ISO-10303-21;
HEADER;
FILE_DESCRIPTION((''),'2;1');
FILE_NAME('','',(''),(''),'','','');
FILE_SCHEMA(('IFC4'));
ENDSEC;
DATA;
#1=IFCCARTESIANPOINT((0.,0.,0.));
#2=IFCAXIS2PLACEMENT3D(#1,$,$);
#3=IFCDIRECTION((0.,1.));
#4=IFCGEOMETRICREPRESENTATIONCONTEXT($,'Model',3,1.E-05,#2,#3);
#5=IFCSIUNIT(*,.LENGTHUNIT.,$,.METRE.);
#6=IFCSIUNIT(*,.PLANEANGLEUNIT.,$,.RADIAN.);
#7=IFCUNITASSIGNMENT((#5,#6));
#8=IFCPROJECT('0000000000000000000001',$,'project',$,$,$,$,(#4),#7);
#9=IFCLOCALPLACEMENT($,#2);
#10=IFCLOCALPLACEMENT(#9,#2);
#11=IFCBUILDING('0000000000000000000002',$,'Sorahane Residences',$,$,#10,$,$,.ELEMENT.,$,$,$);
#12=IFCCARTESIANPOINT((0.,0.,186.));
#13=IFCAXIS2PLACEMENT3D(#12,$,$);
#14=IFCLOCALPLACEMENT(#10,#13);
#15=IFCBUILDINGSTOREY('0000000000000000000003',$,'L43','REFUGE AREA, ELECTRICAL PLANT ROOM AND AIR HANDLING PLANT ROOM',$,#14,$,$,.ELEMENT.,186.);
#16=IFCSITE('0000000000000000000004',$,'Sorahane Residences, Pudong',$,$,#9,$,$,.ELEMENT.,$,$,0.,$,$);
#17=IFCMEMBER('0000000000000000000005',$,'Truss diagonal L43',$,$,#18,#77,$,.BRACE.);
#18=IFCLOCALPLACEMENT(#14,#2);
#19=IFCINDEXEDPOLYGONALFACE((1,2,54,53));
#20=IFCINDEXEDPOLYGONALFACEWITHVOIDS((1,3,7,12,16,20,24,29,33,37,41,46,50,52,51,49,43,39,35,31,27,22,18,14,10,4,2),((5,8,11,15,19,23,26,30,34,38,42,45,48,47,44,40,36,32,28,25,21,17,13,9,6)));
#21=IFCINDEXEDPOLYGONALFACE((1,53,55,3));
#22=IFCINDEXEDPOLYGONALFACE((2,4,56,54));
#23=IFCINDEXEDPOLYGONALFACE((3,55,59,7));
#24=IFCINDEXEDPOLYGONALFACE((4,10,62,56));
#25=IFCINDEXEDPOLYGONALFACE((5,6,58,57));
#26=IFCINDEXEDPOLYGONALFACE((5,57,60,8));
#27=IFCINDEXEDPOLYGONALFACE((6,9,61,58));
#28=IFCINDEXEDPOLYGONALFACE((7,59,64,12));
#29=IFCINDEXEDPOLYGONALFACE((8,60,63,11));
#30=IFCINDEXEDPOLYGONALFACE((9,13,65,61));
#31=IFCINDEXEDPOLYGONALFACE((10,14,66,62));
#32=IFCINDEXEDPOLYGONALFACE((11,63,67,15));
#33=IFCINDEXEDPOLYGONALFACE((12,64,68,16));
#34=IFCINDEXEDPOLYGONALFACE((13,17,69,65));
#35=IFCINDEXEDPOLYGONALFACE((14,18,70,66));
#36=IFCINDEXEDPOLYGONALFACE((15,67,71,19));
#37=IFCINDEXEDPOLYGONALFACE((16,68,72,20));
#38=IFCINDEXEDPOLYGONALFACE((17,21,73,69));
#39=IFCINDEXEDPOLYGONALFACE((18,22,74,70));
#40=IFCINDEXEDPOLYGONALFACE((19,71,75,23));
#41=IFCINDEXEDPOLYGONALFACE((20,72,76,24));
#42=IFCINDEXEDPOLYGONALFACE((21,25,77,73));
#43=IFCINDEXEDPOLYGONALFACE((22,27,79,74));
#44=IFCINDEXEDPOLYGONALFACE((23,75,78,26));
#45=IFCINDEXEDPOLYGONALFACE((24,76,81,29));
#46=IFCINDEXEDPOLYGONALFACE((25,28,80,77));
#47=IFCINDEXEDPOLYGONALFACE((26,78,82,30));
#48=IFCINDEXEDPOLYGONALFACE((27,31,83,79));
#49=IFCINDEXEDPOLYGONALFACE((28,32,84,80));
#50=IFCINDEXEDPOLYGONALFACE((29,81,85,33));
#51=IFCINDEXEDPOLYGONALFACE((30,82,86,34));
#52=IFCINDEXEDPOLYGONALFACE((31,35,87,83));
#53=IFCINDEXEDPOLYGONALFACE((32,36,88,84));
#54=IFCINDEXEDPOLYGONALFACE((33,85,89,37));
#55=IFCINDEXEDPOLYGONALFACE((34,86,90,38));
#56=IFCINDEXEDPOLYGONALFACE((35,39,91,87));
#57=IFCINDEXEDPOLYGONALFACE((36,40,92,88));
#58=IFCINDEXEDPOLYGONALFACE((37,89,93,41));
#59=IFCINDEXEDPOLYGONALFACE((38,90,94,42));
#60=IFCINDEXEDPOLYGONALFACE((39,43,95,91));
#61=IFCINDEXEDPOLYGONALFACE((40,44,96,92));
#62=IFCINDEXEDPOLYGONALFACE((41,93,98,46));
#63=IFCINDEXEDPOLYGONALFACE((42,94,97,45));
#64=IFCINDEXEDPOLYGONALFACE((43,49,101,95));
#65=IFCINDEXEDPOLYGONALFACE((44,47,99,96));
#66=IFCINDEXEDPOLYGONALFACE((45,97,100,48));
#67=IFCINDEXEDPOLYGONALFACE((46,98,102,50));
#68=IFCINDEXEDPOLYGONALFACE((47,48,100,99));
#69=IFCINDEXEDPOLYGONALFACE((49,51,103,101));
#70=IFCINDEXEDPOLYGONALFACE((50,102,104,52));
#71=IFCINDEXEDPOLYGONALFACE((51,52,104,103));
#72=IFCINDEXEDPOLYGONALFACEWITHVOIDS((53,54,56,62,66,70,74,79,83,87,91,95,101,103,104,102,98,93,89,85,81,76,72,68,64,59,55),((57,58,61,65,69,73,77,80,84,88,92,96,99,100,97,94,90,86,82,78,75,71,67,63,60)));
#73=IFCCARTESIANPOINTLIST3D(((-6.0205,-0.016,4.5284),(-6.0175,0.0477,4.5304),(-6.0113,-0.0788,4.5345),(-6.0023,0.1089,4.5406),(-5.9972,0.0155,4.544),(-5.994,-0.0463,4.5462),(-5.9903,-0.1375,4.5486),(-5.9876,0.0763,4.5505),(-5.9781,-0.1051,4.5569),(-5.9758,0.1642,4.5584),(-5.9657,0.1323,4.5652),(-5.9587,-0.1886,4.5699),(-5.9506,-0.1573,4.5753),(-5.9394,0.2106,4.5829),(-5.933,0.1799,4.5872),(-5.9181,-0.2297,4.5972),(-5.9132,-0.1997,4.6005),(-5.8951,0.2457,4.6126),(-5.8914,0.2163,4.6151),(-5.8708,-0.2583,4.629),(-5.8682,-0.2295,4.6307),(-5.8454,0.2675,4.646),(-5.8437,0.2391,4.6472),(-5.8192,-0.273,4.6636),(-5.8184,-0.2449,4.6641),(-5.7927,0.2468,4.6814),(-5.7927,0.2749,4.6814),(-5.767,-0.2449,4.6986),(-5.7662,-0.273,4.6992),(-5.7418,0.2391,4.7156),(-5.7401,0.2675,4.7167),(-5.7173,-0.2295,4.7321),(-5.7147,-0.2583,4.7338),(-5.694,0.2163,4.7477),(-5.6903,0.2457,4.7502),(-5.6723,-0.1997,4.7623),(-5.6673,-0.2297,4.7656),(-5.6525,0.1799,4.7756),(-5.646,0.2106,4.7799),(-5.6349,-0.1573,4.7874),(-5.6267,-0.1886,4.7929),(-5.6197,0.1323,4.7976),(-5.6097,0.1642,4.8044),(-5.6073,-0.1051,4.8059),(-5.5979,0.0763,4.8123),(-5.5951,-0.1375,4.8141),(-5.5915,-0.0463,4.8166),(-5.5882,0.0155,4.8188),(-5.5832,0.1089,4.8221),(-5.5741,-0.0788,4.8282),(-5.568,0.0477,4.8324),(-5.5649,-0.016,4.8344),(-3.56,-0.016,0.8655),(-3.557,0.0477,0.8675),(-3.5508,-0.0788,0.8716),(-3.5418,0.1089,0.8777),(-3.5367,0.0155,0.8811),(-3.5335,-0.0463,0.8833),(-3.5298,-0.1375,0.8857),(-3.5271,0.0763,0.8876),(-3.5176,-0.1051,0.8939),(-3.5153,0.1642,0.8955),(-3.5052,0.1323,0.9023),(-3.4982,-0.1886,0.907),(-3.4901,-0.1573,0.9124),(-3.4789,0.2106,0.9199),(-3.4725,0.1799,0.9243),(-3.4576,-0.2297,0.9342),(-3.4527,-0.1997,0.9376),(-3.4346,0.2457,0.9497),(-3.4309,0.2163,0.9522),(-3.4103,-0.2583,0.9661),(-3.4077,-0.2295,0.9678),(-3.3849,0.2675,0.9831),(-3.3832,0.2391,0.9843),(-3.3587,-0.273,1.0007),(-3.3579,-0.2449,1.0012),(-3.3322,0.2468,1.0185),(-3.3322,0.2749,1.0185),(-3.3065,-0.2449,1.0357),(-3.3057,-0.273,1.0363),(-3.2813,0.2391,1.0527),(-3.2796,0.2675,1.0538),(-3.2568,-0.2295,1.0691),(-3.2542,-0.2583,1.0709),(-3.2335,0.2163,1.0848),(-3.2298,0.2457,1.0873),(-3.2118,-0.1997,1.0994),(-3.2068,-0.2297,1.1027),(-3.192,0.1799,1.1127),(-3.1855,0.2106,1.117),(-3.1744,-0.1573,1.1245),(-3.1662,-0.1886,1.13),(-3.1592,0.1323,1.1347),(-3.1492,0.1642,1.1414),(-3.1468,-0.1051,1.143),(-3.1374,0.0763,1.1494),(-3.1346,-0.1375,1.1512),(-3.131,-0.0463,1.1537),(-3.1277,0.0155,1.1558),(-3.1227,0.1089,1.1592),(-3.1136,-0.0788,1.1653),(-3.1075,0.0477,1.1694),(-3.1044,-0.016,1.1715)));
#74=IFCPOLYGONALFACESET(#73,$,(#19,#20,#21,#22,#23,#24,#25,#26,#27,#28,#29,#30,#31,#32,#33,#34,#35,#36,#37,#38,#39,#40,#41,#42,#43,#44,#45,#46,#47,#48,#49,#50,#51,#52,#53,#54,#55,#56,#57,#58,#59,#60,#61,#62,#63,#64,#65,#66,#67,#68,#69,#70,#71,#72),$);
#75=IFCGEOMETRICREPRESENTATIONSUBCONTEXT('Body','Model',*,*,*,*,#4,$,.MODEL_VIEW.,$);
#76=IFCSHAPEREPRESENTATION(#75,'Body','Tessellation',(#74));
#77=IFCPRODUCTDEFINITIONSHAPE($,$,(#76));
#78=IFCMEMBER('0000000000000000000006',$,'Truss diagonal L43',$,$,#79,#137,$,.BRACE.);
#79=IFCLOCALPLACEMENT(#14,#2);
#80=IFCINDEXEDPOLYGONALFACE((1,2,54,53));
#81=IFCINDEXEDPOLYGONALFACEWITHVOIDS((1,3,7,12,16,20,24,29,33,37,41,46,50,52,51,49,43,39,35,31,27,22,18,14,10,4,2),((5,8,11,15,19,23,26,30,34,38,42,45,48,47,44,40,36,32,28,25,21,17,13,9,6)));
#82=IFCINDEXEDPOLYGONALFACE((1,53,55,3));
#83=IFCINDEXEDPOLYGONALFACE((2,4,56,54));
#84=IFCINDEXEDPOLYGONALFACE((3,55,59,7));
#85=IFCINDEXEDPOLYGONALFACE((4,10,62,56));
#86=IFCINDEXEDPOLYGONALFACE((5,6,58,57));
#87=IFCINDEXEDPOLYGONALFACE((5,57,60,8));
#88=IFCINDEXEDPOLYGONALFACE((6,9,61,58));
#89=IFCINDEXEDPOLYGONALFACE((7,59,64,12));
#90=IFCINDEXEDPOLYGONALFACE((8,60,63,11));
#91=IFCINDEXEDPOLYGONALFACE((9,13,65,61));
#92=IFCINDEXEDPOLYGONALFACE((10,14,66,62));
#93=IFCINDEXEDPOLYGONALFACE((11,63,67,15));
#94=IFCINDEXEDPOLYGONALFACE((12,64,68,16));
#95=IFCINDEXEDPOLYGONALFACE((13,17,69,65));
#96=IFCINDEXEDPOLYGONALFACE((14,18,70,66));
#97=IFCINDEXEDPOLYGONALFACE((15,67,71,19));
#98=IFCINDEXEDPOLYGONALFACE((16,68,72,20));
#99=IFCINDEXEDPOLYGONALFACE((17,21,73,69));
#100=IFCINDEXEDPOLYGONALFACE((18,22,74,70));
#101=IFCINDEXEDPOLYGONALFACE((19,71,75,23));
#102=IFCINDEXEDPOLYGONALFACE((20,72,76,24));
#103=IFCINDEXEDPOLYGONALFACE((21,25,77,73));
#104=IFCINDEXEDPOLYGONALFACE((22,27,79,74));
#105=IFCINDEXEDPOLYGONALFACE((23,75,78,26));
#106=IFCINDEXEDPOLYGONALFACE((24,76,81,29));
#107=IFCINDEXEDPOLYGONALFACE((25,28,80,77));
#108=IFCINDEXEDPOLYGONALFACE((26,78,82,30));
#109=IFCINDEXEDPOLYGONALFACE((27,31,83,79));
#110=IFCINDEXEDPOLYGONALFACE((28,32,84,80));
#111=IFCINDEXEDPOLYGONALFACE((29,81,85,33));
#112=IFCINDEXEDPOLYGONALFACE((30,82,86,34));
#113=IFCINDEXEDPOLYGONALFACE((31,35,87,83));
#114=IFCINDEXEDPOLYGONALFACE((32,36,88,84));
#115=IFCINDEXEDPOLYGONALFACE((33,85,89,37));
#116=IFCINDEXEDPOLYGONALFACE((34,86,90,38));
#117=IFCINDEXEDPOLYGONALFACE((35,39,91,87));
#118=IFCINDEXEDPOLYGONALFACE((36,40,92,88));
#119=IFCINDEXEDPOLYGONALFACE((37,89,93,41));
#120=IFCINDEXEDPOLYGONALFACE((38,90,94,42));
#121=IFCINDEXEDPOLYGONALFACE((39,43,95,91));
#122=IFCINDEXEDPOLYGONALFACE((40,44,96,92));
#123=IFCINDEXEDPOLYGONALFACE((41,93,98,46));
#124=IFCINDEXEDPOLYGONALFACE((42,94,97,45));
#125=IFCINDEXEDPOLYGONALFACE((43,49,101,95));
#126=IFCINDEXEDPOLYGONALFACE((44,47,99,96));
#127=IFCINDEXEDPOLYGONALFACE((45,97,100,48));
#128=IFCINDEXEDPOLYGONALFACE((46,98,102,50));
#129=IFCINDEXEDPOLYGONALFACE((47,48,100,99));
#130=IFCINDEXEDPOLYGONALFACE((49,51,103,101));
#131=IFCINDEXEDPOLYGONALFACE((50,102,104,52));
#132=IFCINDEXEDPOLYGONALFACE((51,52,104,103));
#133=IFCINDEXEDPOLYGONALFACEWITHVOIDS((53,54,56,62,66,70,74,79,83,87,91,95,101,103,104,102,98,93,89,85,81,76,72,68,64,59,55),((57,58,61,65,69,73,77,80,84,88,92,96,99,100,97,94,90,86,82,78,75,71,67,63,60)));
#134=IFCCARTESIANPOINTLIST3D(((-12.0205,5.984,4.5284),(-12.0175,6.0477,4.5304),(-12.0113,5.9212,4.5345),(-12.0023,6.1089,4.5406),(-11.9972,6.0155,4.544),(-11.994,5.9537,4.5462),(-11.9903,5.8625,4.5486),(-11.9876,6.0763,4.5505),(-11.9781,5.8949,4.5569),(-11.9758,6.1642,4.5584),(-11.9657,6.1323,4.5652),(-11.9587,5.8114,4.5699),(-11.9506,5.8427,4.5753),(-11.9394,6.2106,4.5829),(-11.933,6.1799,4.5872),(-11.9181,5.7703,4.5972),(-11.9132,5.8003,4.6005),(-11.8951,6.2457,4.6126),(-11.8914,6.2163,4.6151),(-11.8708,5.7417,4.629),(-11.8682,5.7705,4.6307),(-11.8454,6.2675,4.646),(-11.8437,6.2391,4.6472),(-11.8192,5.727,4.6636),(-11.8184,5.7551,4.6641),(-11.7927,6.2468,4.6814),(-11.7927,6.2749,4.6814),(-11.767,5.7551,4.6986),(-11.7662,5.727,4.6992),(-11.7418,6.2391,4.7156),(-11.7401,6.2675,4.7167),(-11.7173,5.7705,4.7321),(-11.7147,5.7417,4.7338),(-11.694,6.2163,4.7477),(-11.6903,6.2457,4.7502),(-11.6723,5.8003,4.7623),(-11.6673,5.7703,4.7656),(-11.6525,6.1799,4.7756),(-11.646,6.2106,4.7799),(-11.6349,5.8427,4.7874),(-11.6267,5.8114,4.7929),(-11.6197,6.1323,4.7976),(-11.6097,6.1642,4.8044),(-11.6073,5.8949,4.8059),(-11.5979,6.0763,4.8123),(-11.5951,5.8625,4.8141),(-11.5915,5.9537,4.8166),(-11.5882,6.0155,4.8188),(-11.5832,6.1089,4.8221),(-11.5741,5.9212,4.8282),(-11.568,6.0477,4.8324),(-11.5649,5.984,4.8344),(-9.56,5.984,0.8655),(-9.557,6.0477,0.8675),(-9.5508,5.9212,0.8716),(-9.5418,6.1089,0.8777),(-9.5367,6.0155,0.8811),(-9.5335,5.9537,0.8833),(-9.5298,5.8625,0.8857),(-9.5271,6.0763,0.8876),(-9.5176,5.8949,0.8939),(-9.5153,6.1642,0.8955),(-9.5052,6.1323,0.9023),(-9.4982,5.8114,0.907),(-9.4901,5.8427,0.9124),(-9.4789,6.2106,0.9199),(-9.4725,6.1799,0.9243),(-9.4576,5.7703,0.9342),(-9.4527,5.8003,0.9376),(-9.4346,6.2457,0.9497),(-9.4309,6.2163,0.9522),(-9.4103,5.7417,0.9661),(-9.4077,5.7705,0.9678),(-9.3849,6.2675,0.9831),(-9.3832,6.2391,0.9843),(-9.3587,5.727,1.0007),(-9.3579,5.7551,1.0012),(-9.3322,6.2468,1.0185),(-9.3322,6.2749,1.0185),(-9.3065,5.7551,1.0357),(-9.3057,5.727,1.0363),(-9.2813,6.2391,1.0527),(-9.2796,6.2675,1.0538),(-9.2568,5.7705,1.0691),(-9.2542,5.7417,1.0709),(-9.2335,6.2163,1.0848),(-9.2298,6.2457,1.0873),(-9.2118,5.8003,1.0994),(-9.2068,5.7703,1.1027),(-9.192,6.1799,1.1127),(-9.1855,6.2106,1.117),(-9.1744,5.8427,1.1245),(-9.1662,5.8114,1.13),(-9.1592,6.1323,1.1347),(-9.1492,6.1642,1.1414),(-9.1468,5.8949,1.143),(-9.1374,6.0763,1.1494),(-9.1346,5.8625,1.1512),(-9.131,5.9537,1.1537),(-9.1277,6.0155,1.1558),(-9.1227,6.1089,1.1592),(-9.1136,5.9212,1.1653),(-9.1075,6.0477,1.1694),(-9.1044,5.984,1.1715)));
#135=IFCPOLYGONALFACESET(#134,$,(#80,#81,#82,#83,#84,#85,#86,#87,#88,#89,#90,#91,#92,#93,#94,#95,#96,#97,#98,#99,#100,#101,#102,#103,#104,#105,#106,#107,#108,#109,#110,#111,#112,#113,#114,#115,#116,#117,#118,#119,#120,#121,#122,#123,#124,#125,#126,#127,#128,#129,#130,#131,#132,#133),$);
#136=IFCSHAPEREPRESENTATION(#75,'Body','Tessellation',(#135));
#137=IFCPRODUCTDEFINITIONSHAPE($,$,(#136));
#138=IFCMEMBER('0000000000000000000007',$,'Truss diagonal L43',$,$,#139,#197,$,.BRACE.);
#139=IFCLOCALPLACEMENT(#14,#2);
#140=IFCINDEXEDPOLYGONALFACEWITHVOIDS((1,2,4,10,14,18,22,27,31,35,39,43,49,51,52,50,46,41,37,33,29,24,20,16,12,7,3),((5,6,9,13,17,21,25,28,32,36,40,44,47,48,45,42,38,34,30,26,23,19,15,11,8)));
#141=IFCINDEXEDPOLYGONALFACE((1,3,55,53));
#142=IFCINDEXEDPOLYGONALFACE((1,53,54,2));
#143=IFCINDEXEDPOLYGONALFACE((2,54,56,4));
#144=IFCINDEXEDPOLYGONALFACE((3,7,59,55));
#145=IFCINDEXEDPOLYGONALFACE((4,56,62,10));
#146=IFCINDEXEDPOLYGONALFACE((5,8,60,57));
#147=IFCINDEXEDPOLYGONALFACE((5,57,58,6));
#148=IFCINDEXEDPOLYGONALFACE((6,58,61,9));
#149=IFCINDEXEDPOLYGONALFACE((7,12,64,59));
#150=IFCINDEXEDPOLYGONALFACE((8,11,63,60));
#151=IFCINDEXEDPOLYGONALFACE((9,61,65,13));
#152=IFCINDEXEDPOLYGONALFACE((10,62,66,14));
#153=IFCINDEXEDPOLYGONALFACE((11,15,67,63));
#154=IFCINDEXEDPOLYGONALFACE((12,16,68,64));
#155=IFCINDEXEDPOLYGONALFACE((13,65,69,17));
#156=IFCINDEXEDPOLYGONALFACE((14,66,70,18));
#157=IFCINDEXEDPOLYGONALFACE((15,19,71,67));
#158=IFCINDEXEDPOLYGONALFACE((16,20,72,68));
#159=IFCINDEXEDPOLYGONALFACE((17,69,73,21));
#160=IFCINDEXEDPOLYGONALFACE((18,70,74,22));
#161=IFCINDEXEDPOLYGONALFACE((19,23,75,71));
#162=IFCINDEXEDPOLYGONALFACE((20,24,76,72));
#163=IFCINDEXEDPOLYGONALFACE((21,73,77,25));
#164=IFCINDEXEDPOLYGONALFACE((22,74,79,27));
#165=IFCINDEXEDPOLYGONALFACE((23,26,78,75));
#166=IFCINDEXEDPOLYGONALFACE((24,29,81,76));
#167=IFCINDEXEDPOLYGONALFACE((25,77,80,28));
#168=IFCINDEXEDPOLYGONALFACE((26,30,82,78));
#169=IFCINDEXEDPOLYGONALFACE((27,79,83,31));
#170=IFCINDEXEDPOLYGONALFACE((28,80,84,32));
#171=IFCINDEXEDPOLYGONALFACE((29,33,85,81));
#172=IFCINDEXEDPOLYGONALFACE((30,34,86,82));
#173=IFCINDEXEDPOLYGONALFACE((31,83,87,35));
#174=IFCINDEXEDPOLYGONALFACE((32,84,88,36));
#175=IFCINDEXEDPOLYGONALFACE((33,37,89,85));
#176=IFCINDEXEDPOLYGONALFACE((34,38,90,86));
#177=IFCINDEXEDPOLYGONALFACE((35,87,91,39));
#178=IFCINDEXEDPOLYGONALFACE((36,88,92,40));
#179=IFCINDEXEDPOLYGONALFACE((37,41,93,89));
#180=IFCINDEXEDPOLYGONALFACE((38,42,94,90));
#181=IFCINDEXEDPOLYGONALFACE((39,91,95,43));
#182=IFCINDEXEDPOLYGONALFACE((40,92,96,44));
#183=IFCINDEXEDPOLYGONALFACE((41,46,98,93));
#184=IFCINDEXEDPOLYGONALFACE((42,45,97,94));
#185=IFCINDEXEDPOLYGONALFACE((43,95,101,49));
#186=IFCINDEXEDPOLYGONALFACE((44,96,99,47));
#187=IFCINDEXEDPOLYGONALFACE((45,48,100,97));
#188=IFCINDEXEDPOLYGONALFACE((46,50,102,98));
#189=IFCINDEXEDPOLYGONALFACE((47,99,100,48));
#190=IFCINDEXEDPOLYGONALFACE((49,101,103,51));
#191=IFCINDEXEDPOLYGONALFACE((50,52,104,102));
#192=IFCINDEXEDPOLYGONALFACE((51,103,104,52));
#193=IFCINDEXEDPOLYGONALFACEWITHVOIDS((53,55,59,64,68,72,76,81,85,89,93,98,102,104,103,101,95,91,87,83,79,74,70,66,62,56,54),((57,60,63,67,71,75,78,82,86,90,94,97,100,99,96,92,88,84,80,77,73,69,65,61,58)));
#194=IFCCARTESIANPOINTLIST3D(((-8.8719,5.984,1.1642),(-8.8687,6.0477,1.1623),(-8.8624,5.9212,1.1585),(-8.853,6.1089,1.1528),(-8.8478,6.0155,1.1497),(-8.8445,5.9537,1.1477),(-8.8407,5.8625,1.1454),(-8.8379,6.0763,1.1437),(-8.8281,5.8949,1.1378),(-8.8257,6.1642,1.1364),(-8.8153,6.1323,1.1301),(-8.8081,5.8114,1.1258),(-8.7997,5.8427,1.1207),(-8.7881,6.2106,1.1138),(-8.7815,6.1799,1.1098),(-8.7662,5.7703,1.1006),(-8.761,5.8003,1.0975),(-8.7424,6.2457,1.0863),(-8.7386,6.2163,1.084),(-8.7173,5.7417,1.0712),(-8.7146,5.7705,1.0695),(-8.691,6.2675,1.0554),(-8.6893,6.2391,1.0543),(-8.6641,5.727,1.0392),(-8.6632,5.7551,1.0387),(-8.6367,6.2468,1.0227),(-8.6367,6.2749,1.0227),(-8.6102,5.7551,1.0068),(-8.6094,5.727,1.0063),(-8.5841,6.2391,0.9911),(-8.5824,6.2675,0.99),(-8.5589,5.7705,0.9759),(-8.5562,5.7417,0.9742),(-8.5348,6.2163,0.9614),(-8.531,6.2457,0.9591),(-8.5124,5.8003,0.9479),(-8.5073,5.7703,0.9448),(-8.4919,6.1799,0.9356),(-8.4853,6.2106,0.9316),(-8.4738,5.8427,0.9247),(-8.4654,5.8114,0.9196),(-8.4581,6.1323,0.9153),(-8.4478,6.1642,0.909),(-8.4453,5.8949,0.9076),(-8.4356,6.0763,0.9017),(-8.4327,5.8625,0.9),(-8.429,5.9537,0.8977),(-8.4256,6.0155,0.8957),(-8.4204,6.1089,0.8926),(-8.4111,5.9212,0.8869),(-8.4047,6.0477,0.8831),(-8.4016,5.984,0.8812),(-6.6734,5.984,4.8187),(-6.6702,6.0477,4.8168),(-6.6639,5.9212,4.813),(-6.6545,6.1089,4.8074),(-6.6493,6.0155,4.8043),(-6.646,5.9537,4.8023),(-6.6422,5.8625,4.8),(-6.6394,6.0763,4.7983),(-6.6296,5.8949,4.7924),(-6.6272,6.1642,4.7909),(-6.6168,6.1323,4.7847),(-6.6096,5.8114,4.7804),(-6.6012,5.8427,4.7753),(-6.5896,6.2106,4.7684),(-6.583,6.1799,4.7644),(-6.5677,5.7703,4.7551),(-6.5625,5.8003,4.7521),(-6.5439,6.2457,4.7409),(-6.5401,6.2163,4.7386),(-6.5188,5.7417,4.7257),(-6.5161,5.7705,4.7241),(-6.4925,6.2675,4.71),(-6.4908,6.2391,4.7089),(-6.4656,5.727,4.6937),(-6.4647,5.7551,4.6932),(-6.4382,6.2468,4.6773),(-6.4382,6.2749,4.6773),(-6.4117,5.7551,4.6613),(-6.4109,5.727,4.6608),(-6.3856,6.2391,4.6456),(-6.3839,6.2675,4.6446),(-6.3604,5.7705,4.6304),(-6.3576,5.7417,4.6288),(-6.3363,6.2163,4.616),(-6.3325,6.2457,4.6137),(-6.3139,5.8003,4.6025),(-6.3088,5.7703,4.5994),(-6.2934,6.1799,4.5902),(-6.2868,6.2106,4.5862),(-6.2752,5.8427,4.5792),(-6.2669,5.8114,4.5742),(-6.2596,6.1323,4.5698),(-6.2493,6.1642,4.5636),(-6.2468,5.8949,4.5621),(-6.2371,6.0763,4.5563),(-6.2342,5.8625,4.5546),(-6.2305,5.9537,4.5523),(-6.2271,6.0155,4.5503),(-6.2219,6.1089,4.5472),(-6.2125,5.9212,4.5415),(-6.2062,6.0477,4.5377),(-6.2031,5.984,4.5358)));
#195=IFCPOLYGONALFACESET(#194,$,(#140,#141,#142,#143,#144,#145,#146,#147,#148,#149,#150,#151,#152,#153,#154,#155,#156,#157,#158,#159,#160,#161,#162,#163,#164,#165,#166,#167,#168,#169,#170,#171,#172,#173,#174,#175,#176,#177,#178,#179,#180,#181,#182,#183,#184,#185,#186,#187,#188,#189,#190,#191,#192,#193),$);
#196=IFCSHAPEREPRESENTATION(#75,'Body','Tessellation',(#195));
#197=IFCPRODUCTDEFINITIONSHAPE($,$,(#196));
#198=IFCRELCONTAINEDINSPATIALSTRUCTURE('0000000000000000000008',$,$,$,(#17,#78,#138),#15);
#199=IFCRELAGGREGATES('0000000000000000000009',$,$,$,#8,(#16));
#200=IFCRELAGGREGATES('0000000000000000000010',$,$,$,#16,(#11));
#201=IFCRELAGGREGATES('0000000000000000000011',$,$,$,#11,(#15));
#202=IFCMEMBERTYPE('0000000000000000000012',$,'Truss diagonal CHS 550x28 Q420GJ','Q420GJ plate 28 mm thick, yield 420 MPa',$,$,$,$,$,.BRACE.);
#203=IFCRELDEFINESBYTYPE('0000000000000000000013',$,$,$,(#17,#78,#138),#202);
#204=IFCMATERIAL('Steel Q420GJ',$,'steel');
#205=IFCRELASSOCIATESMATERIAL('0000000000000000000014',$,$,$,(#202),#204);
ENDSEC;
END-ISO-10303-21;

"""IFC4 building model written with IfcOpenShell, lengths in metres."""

from ifc_helpers import new_model, si_unit, direction, frame, origin, origin_2d, place, context, subcontext, project, spatial, hollow_circle, extrude, material, material_profile, profile_set, type_object, element, save


model = new_model("IFC4")

# Units and contexts
model_context = context("Model", 3, precision=1e-05, world=origin(), true_north=direction((0.0, 1.0)))
body_context = subcontext(model_context, "Body", "Model", "MODEL_VIEW")
ifc_project = project(units=[si_unit("LENGTHUNIT", "METRE"), si_unit("PLANEANGLEUNIT", "RADIAN")], contexts=[model_context])

# Site, building, storey
site_placement = place(None, origin())
site = spatial("IfcSite", under=ifc_project, at=site_placement, Name="Sorahane Residences, Pudong", CompositionType="ELEMENT", RefElevation=0.0)
building_placement = place(site_placement, origin())
building = spatial("IfcBuilding", under=site, at=building_placement, Name="Sorahane Residences", CompositionType="ELEMENT")
storey_placement = place(building_placement, frame((0.0, 0.0, 186.0)))
storey = spatial("IfcBuildingStorey", under=building, at=storey_placement, Name="L43", Description="REFUGE AREA, ELECTRICAL PLANT ROOM AND AIR HANDLING PLANT ROOM", CompositionType="ELEMENT", Elevation=186.0)

# Members
ifc_material_1 = material(Name="Steel Q420GJ", Category="steel")
ifc_material_profile_1 = material_profile(ifc_material_1, hollow_circle(Radius=0.2749, WallThickness=0.0281, at=origin_2d()), Name="CHS 550x28")
ifc_profile_set_1 = profile_set([ifc_material_profile_1], Name="Steel Q420GJ")
member_type = type_object("IfcMemberType", Name="Truss diagonal CHS 550x28 Q420GJ", Description="Q420GJ plate 28 mm thick, yield 420 MPa", PredefinedType="BRACE", material=ifc_profile_set_1)
for number, where, z_axis, x_axis, name in (
    (1, (-5.7927, 0.0, 4.6814), (0.557608, 0.0, -0.830104), (0.0, 1.0, 0.0), "Truss diagonal L43"),
    (2, (-11.7927, 6.0, 4.6814), (0.557608, 0.0, -0.830104), (0.0, 1.0, 0.0), "Truss diagonal L43"),
):
    element("IfcMember", number, at=place(storey_placement, frame(where, z_axis=z_axis, x_axis=x_axis)), inside=storey, type_object=member_type, Name=name, PredefinedType="BRACE", context=body_context, shape_type="SweptSolid", body=[
        extrude(hollow_circle(Radius=0.2749, WallThickness=0.0281, at=origin_2d()), origin(), (0.0, 0.0, 1.0), 4.4126),
    ])
member_placement = place(storey_placement, frame((-8.6367, 6.0, 1.0227), z_axis=(0.515489, 0.0, 0.856896), x_axis=(0.0, 1.0, 0.0)))
element("IfcMember", 3, at=member_placement, inside=storey, type_object=member_type, Name="Truss diagonal L43", PredefinedType="BRACE", context=body_context, shape_type="SweptSolid", body=[
    extrude(hollow_circle(Radius=0.2749, WallThickness=0.0281, at=origin_2d()), origin(), (0.0, 0.0, 1.0), 4.2649),
])

save(model, "model.ifc")
